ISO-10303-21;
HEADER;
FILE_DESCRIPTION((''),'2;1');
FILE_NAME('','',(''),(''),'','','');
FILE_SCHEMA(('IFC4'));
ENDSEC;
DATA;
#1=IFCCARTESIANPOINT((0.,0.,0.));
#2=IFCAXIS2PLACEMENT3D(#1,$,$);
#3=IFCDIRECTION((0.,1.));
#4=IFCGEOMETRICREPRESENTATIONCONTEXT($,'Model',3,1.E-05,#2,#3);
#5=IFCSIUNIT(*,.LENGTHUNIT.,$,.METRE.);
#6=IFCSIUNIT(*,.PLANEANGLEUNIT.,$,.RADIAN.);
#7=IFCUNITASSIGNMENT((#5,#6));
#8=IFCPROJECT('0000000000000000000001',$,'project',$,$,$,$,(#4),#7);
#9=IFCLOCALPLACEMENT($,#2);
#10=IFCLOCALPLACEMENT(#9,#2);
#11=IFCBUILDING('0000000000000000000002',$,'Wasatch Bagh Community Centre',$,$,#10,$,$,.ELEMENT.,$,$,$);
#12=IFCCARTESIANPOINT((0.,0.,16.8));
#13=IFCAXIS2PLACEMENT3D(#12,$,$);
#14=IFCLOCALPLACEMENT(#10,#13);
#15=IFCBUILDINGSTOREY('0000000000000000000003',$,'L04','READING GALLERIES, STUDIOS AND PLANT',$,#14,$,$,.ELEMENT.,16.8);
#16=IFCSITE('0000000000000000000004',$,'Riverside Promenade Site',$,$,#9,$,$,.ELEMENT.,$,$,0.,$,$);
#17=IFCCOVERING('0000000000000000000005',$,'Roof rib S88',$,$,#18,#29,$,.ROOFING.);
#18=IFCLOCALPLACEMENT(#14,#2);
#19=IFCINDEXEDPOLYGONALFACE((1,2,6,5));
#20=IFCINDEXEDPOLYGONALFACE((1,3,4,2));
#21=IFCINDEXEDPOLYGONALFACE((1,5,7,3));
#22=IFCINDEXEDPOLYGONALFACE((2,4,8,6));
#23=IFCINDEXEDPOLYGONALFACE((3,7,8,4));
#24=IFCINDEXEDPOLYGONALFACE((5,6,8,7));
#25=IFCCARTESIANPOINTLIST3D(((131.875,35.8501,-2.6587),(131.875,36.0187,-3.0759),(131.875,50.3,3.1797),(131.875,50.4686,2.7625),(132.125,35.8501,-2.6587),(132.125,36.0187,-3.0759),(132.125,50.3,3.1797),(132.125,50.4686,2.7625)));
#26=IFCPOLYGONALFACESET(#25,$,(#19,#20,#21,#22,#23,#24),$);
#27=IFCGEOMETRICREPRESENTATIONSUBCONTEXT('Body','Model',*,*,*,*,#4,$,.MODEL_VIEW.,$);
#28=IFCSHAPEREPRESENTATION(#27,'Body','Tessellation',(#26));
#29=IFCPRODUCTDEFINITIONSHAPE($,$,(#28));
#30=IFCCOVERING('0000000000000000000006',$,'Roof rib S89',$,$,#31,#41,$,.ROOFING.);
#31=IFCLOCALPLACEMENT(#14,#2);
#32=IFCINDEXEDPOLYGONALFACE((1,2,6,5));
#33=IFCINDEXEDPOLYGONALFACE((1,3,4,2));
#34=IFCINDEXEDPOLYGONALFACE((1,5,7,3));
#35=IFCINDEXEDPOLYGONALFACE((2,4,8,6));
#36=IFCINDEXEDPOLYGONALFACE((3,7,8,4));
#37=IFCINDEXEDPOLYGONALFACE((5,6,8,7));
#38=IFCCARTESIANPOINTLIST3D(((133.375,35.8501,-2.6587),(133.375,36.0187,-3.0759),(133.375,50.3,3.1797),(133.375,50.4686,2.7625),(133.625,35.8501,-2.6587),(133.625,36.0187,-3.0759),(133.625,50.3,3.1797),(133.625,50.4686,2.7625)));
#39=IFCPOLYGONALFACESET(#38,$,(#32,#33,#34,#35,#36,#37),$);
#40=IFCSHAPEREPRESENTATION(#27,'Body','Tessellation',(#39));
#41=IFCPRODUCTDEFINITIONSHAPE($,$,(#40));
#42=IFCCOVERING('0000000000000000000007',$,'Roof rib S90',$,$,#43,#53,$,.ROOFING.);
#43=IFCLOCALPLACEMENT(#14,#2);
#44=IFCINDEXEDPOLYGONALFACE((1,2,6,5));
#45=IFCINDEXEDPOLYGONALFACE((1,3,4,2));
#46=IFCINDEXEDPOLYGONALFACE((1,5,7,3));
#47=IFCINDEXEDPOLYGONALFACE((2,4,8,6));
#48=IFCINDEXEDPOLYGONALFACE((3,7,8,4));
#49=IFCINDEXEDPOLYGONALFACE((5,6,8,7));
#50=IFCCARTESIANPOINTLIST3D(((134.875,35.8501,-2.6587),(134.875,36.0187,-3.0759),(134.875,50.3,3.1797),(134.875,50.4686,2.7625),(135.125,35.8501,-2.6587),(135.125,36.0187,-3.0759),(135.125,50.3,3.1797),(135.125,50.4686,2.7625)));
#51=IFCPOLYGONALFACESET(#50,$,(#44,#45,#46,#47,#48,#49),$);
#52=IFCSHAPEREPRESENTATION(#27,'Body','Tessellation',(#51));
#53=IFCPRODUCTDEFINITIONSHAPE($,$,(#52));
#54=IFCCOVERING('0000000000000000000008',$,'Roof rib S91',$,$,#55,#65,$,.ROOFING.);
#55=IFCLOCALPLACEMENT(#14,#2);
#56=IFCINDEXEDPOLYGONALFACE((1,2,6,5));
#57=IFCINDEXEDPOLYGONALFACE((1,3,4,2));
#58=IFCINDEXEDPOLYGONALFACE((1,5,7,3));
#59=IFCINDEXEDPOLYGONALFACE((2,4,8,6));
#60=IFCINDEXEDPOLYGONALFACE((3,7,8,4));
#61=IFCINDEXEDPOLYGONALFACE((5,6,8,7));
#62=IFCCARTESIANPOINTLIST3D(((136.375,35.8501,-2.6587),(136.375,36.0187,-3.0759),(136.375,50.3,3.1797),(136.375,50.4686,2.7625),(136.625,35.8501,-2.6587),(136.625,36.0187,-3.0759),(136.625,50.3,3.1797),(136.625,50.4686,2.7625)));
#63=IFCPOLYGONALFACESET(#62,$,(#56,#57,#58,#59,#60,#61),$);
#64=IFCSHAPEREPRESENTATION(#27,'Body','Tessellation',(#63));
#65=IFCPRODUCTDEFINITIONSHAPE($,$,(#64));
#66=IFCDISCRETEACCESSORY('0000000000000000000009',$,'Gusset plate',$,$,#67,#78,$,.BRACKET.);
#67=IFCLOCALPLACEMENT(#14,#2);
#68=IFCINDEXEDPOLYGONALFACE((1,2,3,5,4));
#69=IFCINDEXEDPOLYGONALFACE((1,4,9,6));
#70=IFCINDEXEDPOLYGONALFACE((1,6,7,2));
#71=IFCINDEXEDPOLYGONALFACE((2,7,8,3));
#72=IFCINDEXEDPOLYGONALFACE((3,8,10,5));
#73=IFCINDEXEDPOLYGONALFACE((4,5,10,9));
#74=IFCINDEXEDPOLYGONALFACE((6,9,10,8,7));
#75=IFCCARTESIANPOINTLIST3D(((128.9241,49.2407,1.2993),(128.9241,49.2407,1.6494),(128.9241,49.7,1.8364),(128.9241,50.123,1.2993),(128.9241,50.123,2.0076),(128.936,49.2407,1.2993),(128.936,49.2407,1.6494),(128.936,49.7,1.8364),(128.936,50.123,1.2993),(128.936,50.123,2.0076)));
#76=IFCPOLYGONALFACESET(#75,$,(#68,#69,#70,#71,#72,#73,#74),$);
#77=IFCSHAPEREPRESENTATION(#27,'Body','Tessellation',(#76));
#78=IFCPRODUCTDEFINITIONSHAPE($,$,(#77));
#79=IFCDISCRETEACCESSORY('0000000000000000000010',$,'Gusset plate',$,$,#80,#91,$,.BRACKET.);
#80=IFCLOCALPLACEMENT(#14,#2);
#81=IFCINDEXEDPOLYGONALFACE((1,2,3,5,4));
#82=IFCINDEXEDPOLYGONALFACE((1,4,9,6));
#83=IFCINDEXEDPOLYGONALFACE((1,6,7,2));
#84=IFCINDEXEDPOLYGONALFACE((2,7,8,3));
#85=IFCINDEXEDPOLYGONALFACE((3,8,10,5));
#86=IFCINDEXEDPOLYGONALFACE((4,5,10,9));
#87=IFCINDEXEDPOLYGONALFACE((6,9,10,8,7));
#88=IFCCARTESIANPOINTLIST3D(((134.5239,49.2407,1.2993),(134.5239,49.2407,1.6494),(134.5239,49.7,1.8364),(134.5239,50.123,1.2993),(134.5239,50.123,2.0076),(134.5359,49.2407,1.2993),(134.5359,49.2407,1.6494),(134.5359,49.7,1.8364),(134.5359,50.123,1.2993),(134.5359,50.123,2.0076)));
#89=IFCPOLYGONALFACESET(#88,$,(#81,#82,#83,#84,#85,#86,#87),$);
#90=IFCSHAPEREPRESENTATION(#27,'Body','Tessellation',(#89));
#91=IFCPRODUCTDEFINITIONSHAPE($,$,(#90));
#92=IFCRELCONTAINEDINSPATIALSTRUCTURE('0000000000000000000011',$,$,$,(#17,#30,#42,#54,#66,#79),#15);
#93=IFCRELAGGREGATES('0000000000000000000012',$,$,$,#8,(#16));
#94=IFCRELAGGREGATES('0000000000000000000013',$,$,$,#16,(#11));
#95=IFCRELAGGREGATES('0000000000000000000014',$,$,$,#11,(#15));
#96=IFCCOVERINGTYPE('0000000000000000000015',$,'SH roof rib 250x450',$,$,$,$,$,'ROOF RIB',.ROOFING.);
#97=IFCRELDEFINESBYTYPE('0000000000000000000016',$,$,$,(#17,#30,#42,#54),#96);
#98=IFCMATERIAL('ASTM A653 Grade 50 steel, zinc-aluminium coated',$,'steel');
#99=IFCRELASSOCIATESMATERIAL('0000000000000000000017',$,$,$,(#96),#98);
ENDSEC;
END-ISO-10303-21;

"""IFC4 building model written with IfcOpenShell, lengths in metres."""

from ifc_helpers import new_model, si_unit, direction, frame, origin, place, context, subcontext, project, spatial, polyline, outline, extrude, material, type_object, element, save


model = new_model("IFC4")

# Units and contexts
model_context = context("Model", 3, precision=1e-05, world=origin(), true_north=direction((0.0, 1.0)))
body_context = subcontext(model_context, "Body", "Model", "MODEL_VIEW")
ifc_project = project(units=[si_unit("LENGTHUNIT", "METRE"), si_unit("PLANEANGLEUNIT", "RADIAN")], contexts=[model_context])

# Site, building, storey
site_placement = place(None, origin())
site = spatial("IfcSite", under=ifc_project, at=site_placement, Name="Riverside Promenade Site", CompositionType="ELEMENT", RefElevation=0.0)
building_placement = place(site_placement, origin())
building = spatial("IfcBuilding", under=site, at=building_placement, Name="Wasatch Bagh Community Centre", CompositionType="ELEMENT")
storey_placement = place(building_placement, frame((0.0, 0.0, 16.8)))
storey = spatial("IfcBuildingStorey", under=building, at=storey_placement, Name="L04", Description="READING GALLERIES, STUDIOS AND PLANT", CompositionType="ELEMENT", Elevation=16.8)

# Coverings
ifc_material_1 = material(Name="ASTM A653 Grade 50 steel, zinc-aluminium coated", Category="steel")
covering_type = type_object("IfcCoveringType", Name="SH roof rib 250x450", ElementType="ROOF RIB", PredefinedType="ROOFING", material=ifc_material_1)
for number, where, z_axis, x_axis, name in (
    (1, (131.875, 35.8501, -2.6587), (0.0, -0.374619, 0.927179), (0.0, 0.927179, 0.374619), "Roof rib S88"),
    (2, (133.375, 35.8501, -2.6587), (0.0, -0.374619, 0.927179), (0.0, 0.927179, 0.374619), "Roof rib S89"),
    (3, (134.875, 35.8501, -2.6587), (0.0, -0.374619, 0.927179), (0.0, 0.927179, 0.374619), "Roof rib S90"),
    (4, (136.375, 35.8501, -2.6587), (0.0, -0.374619, 0.927179), (0.0, 0.927179, 0.374619), "Roof rib S91"),
):
    element("IfcCovering", number, at=place(storey_placement, frame(where, z_axis=z_axis, x_axis=x_axis)), inside=storey, type_object=covering_type, Name=name, PredefinedType="ROOFING", context=body_context, shape_type="SweptSolid", body=[
        extrude(outline(polyline([(0.0, 0.0), (15.5849, 0.0), (15.5849, -0.25), (0.0, -0.25), (0.0, 0.0)])), origin(), (0.0, 0.0, -1.0), 0.45),
    ])

# Discrete accessories
for number, where, z_axis, x_axis, name in (
    (5, (128.9241, 49.2407, 1.6494), (-1.0, 0.0, 0.0), (0.0, 0.92615, 0.377156), "Gusset plate"),
    (6, (134.5239, 49.2407, 1.6494), (-1.0, 0.0, 0.0), (0.0, 0.92615, 0.377156), "Gusset plate"),
):
    element("IfcDiscreteAccessory", number, at=place(storey_placement, frame(where, z_axis=z_axis, x_axis=x_axis)), inside=storey, Name=name, PredefinedType="BRACKET", context=body_context, shape_type="SweptSolid", body=[
        extrude(outline(polyline([(0.0, 0.0), (0.4958, 0.0), (0.9522, 0.0011), (0.6851, 0.657), (-0.132, 0.3242), (0.0, 0.0)])), origin(), (0.0, 0.0, -1.0), 0.012),
    ])

save(model, "model.ifc")
